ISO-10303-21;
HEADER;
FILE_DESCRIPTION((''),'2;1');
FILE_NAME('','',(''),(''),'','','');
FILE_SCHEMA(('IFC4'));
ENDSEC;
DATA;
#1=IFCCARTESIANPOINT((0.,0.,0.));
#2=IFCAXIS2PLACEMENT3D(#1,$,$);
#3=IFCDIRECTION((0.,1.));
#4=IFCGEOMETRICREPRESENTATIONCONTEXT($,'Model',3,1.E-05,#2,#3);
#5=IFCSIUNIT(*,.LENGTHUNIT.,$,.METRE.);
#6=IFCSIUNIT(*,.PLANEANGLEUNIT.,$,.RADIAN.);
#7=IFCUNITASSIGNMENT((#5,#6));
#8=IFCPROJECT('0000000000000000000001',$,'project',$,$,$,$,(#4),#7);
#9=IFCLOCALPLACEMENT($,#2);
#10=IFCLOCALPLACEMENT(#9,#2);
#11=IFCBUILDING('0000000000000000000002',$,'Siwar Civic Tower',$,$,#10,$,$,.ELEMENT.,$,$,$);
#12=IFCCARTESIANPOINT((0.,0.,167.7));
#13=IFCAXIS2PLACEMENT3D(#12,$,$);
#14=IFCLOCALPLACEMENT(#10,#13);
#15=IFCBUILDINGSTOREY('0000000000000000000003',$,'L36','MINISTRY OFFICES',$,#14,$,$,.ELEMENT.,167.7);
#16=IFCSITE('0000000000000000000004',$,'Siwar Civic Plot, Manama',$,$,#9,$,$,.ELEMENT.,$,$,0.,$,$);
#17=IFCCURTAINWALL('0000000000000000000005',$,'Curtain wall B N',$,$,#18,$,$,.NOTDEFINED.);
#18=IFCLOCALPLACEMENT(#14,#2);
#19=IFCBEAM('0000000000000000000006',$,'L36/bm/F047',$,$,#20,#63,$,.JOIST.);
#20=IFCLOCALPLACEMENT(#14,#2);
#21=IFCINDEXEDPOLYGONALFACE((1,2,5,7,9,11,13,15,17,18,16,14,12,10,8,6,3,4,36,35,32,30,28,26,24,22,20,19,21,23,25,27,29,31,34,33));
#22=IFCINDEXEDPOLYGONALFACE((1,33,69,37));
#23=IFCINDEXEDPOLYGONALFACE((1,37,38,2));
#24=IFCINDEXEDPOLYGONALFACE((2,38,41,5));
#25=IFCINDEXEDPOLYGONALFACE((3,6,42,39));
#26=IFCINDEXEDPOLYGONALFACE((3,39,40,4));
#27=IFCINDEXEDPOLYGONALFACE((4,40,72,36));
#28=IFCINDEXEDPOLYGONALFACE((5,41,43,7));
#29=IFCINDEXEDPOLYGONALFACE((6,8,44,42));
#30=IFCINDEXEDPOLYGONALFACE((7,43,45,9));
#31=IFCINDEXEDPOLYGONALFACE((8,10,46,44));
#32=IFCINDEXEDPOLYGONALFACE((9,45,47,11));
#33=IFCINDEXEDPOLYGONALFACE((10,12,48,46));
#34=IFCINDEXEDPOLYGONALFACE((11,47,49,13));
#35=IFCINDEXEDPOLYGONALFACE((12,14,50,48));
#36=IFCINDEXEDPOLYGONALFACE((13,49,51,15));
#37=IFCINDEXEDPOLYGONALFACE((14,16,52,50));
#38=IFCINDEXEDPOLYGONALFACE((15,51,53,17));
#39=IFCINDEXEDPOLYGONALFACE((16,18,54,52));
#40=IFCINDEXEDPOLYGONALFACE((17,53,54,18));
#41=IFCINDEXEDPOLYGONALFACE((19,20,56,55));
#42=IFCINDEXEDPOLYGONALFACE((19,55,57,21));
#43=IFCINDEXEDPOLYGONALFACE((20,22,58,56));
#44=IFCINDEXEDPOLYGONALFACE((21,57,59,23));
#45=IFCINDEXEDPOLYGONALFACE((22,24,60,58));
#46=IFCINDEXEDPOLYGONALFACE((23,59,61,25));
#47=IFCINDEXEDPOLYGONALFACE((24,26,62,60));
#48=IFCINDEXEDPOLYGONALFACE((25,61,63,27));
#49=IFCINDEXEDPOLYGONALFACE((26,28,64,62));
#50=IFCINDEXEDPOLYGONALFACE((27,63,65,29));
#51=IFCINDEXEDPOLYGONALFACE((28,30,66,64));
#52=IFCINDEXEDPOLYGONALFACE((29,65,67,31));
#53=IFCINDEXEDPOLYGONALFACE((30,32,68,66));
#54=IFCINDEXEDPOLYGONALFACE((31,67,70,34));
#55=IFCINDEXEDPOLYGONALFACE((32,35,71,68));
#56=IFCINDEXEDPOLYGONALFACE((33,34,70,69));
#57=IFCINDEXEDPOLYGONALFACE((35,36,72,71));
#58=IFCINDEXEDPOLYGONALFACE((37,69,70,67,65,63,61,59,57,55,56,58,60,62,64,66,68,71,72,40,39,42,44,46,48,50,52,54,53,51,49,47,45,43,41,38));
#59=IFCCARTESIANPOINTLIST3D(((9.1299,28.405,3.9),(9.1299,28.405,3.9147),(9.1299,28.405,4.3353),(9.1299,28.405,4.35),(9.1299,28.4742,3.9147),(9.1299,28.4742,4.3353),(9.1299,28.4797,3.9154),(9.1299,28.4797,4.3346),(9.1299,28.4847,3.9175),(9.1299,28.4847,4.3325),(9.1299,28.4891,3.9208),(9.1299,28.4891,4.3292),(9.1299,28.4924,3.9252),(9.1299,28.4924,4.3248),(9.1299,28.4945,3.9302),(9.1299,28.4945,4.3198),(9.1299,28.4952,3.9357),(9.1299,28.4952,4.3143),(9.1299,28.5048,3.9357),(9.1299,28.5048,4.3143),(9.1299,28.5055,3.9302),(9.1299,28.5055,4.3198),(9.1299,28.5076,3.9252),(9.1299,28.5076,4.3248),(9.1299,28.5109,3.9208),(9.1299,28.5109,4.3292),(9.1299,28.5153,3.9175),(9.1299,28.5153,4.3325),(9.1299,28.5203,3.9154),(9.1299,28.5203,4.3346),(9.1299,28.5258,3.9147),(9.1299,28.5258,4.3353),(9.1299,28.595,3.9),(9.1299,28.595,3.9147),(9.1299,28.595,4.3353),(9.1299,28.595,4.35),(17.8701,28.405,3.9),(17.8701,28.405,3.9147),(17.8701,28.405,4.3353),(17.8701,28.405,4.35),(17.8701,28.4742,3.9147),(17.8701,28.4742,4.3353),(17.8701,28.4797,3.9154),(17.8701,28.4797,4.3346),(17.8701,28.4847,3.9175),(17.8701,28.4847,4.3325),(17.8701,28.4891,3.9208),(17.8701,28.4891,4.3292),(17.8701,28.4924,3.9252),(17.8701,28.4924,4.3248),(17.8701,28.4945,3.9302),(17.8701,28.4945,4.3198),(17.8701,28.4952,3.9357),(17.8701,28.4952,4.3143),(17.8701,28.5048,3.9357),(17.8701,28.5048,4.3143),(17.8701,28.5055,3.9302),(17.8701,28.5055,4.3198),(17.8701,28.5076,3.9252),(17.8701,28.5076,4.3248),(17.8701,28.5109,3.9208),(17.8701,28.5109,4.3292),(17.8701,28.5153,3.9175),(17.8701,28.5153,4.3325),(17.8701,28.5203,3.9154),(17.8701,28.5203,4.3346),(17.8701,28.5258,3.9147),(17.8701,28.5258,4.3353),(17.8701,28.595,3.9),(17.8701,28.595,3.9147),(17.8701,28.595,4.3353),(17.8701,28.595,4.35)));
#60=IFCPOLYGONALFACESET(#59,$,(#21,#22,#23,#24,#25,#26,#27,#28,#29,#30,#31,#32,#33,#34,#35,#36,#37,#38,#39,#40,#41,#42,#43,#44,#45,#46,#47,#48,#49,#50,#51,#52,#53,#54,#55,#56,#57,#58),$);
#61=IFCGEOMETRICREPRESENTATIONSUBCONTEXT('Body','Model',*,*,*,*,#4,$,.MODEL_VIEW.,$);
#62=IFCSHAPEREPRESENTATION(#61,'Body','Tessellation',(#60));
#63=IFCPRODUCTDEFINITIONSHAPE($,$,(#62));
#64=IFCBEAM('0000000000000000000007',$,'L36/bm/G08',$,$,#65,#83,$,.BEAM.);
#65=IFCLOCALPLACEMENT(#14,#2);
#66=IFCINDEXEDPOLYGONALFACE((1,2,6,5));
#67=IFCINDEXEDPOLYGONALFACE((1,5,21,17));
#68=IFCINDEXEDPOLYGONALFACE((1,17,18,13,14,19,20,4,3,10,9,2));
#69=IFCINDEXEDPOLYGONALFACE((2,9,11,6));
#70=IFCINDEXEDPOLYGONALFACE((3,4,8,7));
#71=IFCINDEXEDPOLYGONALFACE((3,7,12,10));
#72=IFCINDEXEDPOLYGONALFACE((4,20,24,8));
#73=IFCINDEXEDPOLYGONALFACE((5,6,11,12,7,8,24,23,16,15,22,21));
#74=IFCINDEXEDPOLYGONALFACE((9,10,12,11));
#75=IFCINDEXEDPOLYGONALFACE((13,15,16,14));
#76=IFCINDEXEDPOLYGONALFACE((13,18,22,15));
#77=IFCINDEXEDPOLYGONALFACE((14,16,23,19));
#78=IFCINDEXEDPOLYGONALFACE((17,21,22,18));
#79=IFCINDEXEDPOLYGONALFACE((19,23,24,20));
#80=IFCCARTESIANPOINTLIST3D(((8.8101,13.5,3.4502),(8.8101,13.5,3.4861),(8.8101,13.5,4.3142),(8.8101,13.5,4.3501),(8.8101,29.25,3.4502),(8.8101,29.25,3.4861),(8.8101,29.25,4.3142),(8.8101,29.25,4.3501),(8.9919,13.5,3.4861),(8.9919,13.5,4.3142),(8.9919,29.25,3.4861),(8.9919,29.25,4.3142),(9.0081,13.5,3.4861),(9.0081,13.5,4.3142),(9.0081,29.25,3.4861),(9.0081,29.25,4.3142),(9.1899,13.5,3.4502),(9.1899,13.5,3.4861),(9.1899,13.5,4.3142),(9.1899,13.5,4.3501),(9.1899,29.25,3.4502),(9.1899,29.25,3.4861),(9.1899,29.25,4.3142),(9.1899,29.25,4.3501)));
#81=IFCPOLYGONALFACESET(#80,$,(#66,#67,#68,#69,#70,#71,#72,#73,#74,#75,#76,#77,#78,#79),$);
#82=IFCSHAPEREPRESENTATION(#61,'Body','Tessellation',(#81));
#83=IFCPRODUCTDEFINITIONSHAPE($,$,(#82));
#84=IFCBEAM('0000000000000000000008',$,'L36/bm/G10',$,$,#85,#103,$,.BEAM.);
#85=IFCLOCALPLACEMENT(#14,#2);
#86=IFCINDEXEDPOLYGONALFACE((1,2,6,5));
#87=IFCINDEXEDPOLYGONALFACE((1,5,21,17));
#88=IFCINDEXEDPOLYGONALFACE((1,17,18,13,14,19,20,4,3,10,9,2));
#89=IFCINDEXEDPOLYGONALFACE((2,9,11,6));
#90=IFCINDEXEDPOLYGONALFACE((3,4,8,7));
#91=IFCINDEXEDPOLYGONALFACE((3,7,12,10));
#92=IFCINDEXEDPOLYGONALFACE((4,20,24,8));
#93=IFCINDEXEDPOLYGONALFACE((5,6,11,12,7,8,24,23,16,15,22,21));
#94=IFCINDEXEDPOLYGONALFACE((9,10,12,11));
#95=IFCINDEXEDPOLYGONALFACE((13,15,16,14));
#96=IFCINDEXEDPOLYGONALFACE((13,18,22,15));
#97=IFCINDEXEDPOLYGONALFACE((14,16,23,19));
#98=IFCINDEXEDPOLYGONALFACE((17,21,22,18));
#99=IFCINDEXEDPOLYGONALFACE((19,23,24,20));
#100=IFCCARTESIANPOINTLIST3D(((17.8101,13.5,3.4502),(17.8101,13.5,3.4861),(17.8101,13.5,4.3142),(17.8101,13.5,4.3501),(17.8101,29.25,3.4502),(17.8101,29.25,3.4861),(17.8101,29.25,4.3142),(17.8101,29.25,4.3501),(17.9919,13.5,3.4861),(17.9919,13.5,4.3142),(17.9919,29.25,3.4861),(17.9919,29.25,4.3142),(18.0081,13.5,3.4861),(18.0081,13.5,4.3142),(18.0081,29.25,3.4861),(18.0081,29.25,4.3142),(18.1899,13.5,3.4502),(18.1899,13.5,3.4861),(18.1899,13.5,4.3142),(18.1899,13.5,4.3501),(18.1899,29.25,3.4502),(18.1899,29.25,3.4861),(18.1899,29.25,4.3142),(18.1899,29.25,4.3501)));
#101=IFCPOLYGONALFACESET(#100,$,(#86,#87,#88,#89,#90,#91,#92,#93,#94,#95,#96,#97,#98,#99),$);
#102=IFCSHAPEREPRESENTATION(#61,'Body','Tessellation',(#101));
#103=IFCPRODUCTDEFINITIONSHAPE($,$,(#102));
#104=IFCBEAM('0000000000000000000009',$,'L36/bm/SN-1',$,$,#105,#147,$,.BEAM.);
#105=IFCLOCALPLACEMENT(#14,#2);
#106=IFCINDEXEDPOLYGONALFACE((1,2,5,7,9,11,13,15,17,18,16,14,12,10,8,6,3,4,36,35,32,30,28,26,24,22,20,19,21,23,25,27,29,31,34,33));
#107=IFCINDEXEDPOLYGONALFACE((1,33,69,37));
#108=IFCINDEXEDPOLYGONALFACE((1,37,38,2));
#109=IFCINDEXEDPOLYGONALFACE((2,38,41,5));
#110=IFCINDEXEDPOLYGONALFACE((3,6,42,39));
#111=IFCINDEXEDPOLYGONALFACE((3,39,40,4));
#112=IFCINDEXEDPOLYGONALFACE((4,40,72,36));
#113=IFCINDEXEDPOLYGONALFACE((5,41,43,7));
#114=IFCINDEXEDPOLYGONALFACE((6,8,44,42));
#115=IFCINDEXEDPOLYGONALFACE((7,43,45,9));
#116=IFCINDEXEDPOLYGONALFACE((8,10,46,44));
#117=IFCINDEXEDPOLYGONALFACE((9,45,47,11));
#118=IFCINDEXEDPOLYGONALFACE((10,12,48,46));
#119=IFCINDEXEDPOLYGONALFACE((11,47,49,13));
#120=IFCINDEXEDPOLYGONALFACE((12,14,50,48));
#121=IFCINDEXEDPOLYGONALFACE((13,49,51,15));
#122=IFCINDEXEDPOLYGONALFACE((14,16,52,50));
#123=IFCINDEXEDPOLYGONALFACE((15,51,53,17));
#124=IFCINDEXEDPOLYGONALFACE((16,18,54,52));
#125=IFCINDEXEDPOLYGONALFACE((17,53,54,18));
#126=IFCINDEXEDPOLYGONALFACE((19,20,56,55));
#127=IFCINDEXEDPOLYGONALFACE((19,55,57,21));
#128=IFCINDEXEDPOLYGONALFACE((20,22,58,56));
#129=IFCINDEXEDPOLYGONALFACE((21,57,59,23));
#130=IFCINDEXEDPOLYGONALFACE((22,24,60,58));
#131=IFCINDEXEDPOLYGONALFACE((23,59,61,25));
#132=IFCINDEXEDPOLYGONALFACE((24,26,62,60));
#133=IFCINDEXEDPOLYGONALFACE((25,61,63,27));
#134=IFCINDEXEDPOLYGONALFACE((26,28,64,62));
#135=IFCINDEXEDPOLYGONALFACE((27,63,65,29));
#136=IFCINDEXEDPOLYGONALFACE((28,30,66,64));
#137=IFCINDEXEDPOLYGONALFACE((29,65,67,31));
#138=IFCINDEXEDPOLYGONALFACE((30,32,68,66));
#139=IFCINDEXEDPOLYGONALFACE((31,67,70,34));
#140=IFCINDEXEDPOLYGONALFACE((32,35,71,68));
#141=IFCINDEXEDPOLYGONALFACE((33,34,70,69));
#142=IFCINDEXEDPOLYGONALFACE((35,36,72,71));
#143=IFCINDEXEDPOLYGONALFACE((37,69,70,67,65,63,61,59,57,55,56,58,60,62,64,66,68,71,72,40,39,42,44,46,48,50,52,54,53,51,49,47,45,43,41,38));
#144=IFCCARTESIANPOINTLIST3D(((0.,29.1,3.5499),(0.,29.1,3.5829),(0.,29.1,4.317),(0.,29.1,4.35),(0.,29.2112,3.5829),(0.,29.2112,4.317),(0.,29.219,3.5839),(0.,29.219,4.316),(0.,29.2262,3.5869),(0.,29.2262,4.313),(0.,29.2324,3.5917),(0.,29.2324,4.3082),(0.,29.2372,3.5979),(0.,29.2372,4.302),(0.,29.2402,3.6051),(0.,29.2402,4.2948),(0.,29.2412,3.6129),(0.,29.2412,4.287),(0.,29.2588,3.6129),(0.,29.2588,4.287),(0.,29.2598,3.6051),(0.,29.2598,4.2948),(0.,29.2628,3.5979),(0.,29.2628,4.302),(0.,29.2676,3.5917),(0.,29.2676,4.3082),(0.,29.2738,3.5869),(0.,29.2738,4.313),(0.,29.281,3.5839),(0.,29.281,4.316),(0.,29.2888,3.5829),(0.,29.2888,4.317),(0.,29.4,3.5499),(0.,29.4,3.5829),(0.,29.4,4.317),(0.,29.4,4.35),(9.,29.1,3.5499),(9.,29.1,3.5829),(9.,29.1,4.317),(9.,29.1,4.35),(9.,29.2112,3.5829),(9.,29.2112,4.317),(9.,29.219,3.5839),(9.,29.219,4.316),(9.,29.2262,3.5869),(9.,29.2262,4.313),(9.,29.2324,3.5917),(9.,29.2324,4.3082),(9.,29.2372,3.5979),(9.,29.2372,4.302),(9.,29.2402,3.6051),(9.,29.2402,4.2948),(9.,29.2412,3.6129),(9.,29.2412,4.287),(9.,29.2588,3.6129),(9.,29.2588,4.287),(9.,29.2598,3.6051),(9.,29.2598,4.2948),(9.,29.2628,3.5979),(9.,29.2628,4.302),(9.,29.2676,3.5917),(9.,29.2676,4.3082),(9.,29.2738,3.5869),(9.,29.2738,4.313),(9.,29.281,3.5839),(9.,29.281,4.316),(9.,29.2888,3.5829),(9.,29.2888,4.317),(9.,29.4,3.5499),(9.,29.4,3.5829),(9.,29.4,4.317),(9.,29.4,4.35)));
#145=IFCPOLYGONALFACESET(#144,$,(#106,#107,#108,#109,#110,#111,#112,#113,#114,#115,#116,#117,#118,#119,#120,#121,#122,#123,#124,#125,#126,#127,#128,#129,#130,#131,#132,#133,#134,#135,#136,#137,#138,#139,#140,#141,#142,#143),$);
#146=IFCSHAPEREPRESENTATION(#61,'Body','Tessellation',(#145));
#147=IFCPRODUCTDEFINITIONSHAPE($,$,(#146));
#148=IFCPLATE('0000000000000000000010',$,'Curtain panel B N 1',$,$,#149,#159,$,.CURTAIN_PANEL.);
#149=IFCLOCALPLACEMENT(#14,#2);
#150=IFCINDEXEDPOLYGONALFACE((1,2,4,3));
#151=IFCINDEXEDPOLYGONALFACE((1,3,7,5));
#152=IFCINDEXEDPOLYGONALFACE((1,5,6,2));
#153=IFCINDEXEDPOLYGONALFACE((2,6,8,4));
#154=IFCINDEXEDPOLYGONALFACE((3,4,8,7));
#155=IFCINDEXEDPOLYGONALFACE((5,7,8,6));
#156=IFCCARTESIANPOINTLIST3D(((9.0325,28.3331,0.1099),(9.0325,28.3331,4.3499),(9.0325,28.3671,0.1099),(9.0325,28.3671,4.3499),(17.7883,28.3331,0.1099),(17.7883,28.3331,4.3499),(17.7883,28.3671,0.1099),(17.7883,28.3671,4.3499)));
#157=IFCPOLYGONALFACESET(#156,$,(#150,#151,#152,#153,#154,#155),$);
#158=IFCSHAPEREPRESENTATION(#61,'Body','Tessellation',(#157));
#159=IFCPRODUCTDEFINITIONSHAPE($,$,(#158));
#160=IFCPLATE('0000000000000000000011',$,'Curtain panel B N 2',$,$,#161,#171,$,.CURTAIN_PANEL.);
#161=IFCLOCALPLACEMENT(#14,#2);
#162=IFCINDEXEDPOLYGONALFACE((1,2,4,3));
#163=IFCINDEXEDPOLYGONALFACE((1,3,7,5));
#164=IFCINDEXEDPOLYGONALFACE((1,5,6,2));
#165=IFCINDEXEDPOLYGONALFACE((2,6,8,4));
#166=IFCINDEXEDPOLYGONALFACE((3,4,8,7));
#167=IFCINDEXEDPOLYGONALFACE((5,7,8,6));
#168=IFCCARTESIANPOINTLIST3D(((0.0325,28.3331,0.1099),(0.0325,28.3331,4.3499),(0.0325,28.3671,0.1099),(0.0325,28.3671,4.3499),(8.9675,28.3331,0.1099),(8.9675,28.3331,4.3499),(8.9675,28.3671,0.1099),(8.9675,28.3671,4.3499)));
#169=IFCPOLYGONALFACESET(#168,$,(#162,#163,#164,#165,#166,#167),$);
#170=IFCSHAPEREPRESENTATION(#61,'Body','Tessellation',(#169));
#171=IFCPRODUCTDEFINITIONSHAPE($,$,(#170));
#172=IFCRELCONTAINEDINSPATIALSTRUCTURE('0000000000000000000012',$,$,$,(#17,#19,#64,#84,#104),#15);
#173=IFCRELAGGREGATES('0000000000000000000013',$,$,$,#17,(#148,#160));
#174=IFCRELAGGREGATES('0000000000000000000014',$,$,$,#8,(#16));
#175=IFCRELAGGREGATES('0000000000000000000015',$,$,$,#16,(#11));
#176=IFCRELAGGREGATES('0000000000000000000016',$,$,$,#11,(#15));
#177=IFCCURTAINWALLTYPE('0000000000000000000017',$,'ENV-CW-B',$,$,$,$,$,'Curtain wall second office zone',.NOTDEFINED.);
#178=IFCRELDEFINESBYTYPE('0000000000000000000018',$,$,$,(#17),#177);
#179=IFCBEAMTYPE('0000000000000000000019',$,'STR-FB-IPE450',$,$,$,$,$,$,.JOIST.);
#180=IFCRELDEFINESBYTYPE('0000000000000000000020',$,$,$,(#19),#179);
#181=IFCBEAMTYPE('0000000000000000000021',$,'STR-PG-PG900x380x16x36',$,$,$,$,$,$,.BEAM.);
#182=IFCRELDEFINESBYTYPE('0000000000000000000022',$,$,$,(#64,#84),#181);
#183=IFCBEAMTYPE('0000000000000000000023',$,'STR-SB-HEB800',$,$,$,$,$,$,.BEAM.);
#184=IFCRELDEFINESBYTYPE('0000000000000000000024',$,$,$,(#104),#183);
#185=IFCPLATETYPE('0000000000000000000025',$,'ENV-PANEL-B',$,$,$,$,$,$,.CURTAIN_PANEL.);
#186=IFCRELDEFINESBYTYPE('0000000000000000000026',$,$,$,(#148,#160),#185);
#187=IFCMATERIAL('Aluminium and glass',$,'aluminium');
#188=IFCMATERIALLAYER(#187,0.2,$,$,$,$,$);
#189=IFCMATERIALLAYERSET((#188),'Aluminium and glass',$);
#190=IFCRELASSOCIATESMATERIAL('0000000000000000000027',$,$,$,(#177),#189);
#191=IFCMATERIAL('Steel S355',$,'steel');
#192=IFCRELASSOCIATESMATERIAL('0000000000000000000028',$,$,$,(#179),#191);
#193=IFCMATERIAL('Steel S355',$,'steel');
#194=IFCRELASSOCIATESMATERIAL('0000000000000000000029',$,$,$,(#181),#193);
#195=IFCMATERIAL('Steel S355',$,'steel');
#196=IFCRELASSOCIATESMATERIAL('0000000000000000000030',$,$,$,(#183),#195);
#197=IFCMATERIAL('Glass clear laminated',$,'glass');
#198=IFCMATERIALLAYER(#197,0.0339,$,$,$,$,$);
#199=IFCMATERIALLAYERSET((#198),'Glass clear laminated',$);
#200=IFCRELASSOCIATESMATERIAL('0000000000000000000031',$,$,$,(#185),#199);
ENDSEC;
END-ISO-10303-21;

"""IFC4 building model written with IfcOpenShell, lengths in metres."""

from ifc_helpers import new_model, si_unit, direction, frame, origin, origin_2d, place, context, subcontext, project, spatial, rectangle, i_section, extrude, material, layer, layer_set, material_profile, profile_set, type_object, element, aggregate, save


model = new_model("IFC4")

# Units and contexts
model_context = context("Model", 3, precision=1e-05, world=origin(), true_north=direction((0.0, 1.0)))
body_context = subcontext(model_context, "Body", "Model", "MODEL_VIEW")
ifc_project = project(units=[si_unit("LENGTHUNIT", "METRE"), si_unit("PLANEANGLEUNIT", "RADIAN")], contexts=[model_context])

# Site, building, storey
site_placement = place(None, origin())
site = spatial("IfcSite", under=ifc_project, at=site_placement, Name="Siwar Civic Plot, Manama", CompositionType="ELEMENT", RefElevation=0.0)
building_placement = place(site_placement, origin())
building = spatial("IfcBuilding", under=site, at=building_placement, Name="Siwar Civic Tower", CompositionType="ELEMENT")
storey_placement = place(building_placement, frame((0.0, 0.0, 167.7)))
storey = spatial("IfcBuildingStorey", under=building, at=storey_placement, Name="L36", Description="MINISTRY OFFICES", CompositionType="ELEMENT", Elevation=167.7)

# Curtain wall
ifc_material_1 = material(Name="Aluminium and glass", Category="aluminium")
ifc_layer_1 = layer(ifc_material_1, 0.2)
ifc_layer_set_1 = layer_set([ifc_layer_1], Name="Aluminium and glass")
curtain_wall_type = type_object("IfcCurtainWallType", Name="ENV-CW-B", ElementType="Curtain wall second office zone", PredefinedType="NOTDEFINED", material=ifc_layer_set_1)
curtain_wall_placement = place(storey_placement, origin())
curtain_wall = element("IfcCurtainWall", 1, at=curtain_wall_placement, inside=storey, type_object=curtain_wall_type, Name="Curtain wall B N", PredefinedType="NOTDEFINED")

# Beams
ifc_material_2 = material(Name="Steel S355", Category="steel")
ifc_material_profile_1 = material_profile(ifc_material_2, i_section(OverallWidth=0.1899, OverallDepth=0.45, WebThickness=0.0095, FlangeThickness=0.0146, FilletRadius=0.021, at=origin_2d()), Name="IPE450")
ifc_profile_set_1 = profile_set([ifc_material_profile_1], Name="Steel S355")
beam_type_1 = type_object("IfcBeamType", Name="STR-FB-IPE450", PredefinedType="JOIST", material=ifc_profile_set_1)
for number, where, z_axis, x_axis, name in (
    (2, (9.1299, 28.5, 4.125), (1.0, 0.0, 0.0), (0.0, 1.0, 0.0), "L36/bm/F047"),
):
    element("IfcBeam", number, at=place(storey_placement, frame(where, z_axis=z_axis, x_axis=x_axis)), inside=storey, type_object=beam_type_1, Name=name, PredefinedType="JOIST", context=body_context, shape_type="SweptSolid", body=[
        extrude(i_section(OverallWidth=0.1899, OverallDepth=0.45, WebThickness=0.0095, FlangeThickness=0.0146, FilletRadius=0.021, at=origin_2d()), origin(), (0.0, 0.0, 1.0), 8.7402),
    ])
ifc_material_3 = material(Name="Steel S355", Category="steel")
ifc_material_profile_2 = material_profile(ifc_material_3, i_section(OverallWidth=0.3799, OverallDepth=0.8999, WebThickness=0.0161, FlangeThickness=0.0359, at=origin_2d()), Name="PG900x380x16x36")
ifc_profile_set_2 = profile_set([ifc_material_profile_2], Name="Steel S355")
beam_type_2 = type_object("IfcBeamType", Name="STR-PG-PG900x380x16x36", PredefinedType="BEAM", material=ifc_profile_set_2)
for number, where, z_axis, x_axis, name in (
    (3, (9.0, 13.5, 3.9001), (0.0, 1.0, 0.0), (-1.0, 0.0, 0.0), "L36/bm/G08"),
    (4, (18.0, 13.5, 3.9001), (0.0, 1.0, 0.0), (-1.0, 0.0, 0.0), "L36/bm/G10"),
):
    element("IfcBeam", number, at=place(storey_placement, frame(where, z_axis=z_axis, x_axis=x_axis)), inside=storey, type_object=beam_type_2, Name=name, PredefinedType="BEAM", context=body_context, shape_type="SweptSolid", body=[
        extrude(i_section(OverallWidth=0.3799, OverallDepth=0.8999, WebThickness=0.0161, FlangeThickness=0.0359, at=origin_2d()), origin(), (0.0, 0.0, 1.0), 15.75),
    ])
ifc_material_4 = material(Name="Steel S355", Category="steel")
ifc_material_profile_3 = material_profile(ifc_material_4, i_section(OverallWidth=0.3, OverallDepth=0.8, WebThickness=0.0176, FlangeThickness=0.033, FilletRadius=0.03, at=origin_2d()), Name="HEB800")
ifc_profile_set_3 = profile_set([ifc_material_profile_3], Name="Steel S355")
beam_type_3 = type_object("IfcBeamType", Name="STR-SB-HEB800", PredefinedType="BEAM", material=ifc_profile_set_3)
beam_1_placement = place(storey_placement, frame((9.0, 29.25, 3.95), z_axis=(-1.0, 0.0, 0.0), x_axis=(0.0, -1.0, 0.0)))
element("IfcBeam", 5, at=beam_1_placement, inside=storey, type_object=beam_type_3, Name="L36/bm/SN-1", PredefinedType="BEAM", context=body_context, shape_type="SweptSolid", body=[
    extrude(i_section(OverallWidth=0.3, OverallDepth=0.8, WebThickness=0.0176, FlangeThickness=0.033, FilletRadius=0.03, at=origin_2d()), origin(), (0.0, 0.0, 1.0), 9.0),
])

# Plates
ifc_material_5 = material(Name="Glass clear laminated", Category="glass")
ifc_layer_2 = layer(ifc_material_5, 0.0339)
ifc_layer_set_2 = layer_set([ifc_layer_2], Name="Glass clear laminated")
plate_type = type_object("IfcPlateType", Name="ENV-PANEL-B", PredefinedType="CURTAIN_PANEL", material=ifc_layer_set_2)
plate_1_placement = place(storey_placement, frame((13.4104, 28.3501, 0.1099), z_axis=(0.0, 0.0, 1.0), x_axis=(-1.0, 0.0, 0.0)))
plate_1 = element("IfcPlate", 6, at=plate_1_placement, type_object=plate_type, Name="Curtain panel B N 1", PredefinedType="CURTAIN_PANEL", context=body_context, shape_type="SweptSolid", body=[
    extrude(rectangle(XDim=8.7559, YDim=0.0339, at=origin_2d()), origin(), (0.0, 0.0, 1.0), 4.24),
])
plate_2_placement = place(storey_placement, frame((4.5, 28.3501, 0.1099), z_axis=(0.0, 0.0, 1.0), x_axis=(-1.0, 0.0, 0.0)))
plate_2 = element("IfcPlate", 7, at=plate_2_placement, type_object=plate_type, Name="Curtain panel B N 2", PredefinedType="CURTAIN_PANEL", context=body_context, shape_type="SweptSolid", body=[
    extrude(rectangle(XDim=8.9351, YDim=0.0339, at=origin_2d()), origin(), (0.0, 0.0, 1.0), 4.24),
])
aggregate(curtain_wall, [plate_1, plate_2])

save(model, "model.ifc")
